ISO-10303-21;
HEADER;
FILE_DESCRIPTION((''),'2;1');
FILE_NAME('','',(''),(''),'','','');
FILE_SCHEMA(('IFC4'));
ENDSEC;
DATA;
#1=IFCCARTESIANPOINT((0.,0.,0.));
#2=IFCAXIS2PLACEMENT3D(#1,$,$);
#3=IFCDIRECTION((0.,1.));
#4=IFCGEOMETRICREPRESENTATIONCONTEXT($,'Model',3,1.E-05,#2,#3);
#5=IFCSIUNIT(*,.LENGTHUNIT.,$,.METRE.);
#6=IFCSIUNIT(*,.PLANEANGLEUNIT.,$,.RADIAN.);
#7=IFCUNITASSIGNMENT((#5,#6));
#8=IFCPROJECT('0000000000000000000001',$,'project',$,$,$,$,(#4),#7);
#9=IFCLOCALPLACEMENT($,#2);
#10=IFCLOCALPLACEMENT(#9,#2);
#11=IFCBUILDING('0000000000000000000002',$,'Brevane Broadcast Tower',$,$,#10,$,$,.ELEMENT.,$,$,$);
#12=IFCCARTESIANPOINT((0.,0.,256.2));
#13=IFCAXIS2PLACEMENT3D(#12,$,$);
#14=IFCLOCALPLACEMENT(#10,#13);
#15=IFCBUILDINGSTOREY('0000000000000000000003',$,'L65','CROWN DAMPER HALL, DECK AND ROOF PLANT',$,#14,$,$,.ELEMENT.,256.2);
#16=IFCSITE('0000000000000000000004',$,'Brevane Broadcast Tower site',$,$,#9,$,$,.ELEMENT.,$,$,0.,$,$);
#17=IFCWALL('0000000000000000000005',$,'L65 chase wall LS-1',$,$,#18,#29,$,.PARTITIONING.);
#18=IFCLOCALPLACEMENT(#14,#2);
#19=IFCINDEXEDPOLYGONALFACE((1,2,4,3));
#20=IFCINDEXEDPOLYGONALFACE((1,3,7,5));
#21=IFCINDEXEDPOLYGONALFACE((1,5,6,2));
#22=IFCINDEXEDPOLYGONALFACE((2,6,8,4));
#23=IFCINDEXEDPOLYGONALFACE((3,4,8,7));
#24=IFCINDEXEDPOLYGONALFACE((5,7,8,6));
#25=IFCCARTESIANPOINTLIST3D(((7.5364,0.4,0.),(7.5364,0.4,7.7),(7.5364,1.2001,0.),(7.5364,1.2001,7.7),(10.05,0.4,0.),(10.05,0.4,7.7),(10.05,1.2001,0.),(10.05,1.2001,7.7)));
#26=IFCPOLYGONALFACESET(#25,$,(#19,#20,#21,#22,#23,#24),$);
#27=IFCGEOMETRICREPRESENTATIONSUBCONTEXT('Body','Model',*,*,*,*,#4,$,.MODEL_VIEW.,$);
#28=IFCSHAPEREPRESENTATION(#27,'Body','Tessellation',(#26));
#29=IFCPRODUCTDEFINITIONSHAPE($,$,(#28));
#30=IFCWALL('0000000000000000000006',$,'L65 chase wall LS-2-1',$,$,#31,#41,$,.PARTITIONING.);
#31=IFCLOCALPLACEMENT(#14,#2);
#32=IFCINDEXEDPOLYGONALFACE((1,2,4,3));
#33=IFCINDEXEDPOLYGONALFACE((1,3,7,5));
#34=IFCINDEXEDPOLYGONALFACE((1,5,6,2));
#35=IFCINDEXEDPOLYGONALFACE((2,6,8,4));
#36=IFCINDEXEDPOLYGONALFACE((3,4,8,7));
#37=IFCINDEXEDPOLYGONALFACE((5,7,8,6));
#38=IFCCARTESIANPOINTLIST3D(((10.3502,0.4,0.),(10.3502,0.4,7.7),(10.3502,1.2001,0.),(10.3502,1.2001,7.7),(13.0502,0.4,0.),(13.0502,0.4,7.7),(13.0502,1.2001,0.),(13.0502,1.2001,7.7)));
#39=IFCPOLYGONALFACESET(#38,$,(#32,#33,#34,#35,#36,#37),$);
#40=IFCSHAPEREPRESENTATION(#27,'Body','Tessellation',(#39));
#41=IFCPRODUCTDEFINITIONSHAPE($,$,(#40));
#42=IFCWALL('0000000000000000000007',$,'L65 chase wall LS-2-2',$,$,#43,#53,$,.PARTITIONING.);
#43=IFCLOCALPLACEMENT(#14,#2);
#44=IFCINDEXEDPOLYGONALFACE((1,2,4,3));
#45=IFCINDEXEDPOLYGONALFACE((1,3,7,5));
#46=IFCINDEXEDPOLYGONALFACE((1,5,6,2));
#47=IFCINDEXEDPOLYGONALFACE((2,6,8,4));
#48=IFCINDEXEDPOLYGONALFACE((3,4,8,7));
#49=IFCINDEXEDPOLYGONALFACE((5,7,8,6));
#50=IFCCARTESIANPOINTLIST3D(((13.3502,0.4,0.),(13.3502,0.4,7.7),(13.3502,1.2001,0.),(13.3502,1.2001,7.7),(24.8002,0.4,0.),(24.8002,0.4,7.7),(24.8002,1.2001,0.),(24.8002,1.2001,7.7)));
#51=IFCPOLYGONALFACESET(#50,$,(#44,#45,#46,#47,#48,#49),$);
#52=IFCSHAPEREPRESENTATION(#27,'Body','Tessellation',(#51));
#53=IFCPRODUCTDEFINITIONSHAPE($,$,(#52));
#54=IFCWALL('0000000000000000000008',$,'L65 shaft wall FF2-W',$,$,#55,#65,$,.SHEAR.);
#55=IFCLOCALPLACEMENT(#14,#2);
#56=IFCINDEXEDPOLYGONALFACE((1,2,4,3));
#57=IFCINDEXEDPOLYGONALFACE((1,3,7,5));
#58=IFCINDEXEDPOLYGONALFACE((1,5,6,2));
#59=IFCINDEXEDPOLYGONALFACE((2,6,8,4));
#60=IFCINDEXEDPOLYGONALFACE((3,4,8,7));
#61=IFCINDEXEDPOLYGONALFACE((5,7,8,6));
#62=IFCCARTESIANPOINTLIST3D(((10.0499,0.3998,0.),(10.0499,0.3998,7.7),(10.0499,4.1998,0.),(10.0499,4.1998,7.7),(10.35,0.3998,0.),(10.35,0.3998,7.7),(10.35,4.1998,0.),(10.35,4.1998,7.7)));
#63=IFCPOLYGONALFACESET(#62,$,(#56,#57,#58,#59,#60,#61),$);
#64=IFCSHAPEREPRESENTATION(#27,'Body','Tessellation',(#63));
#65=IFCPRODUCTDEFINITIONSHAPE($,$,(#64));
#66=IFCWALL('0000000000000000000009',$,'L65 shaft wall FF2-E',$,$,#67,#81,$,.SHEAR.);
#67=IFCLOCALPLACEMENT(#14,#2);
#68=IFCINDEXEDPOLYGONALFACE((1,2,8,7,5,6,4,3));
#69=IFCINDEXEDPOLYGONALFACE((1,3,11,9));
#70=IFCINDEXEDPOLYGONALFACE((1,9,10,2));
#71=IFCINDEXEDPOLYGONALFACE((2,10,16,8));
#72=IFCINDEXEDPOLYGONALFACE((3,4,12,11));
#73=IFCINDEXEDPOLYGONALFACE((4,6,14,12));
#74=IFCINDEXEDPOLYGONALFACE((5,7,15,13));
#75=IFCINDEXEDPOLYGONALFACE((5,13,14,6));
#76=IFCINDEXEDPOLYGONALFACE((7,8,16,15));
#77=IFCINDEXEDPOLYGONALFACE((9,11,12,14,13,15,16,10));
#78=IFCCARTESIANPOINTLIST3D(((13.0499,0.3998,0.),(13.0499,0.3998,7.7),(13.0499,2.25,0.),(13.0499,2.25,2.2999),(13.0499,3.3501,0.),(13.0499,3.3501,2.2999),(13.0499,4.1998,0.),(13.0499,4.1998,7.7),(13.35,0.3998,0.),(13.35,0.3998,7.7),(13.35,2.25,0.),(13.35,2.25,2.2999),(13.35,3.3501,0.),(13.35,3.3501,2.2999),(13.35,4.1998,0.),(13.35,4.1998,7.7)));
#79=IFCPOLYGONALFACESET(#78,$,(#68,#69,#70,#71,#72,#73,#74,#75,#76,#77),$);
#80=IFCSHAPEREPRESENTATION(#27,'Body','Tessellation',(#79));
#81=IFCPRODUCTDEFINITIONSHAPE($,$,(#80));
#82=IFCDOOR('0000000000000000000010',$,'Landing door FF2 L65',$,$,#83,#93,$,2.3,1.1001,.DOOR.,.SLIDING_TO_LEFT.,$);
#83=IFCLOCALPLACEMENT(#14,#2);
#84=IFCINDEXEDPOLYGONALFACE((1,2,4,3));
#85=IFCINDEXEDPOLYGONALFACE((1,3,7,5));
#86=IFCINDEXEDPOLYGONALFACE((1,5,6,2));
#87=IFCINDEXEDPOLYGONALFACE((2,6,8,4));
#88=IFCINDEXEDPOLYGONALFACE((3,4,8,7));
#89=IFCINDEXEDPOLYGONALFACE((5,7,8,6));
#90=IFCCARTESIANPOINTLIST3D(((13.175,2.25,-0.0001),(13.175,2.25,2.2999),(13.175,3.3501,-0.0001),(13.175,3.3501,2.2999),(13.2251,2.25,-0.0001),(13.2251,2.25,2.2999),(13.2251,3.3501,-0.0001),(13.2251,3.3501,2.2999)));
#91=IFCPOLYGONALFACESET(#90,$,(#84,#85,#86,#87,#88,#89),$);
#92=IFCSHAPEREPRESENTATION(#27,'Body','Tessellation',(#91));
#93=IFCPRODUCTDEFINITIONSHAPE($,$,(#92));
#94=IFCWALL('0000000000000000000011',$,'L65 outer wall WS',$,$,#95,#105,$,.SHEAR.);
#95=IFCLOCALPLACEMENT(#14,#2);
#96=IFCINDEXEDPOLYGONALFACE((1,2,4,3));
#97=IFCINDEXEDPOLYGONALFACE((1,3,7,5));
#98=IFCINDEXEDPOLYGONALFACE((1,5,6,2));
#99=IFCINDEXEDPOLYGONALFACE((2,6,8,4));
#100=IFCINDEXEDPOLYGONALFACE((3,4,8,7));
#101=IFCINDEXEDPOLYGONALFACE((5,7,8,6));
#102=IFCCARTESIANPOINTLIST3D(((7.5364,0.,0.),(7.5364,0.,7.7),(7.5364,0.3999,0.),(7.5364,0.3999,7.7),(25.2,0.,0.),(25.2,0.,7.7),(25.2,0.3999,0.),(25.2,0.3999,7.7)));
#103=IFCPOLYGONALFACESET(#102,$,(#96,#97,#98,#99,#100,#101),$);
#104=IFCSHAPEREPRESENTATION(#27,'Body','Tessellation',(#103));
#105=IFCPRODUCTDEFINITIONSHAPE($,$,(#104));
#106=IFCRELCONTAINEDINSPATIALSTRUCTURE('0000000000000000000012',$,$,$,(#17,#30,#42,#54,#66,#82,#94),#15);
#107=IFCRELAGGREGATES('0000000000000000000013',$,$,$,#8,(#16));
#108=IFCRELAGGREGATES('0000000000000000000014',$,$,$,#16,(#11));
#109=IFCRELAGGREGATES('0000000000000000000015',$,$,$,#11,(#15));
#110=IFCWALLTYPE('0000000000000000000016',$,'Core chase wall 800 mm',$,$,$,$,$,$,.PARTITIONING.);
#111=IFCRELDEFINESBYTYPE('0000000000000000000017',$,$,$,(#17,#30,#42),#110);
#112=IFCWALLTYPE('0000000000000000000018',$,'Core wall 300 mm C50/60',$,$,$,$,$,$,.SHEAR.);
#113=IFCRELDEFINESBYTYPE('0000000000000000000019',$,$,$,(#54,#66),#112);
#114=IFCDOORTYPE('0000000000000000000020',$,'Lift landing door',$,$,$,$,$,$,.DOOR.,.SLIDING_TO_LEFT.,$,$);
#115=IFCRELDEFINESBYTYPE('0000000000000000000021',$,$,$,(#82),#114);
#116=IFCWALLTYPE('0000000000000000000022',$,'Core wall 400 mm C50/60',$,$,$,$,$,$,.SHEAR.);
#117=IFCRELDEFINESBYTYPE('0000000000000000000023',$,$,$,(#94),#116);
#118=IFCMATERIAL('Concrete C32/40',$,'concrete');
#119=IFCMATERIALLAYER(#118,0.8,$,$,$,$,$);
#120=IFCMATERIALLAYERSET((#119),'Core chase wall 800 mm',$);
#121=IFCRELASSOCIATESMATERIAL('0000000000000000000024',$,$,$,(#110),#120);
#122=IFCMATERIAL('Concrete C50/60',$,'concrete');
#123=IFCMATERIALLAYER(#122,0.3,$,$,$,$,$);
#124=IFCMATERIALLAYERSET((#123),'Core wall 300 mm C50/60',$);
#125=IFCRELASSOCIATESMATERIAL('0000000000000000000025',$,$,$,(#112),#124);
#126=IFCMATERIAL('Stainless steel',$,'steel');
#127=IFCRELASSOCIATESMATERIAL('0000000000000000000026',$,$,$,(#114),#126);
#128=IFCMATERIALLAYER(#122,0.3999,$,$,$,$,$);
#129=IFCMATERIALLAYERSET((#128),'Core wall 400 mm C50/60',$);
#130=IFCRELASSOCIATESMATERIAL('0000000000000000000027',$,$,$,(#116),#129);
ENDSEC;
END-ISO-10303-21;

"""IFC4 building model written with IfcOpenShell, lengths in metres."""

from ifc_helpers import new_model, si_unit, direction, frame, frame_2d, origin, place, context, subcontext, project, spatial, rectangle, extrude, material, layer, layer_set, type_object, element, fill, save


model = new_model("IFC4")

# Units and contexts
model_context = context("Model", 3, precision=1e-05, world=origin(), true_north=direction((0.0, 1.0)))
body_context = subcontext(model_context, "Body", "Model", "MODEL_VIEW")
ifc_project = project(units=[si_unit("LENGTHUNIT", "METRE"), si_unit("PLANEANGLEUNIT", "RADIAN")], contexts=[model_context])

# Site, building, storey
site_placement = place(None, origin())
site = spatial("IfcSite", under=ifc_project, at=site_placement, Name="Brevane Broadcast Tower site", CompositionType="ELEMENT", RefElevation=0.0)
building_placement = place(site_placement, origin())
building = spatial("IfcBuilding", under=site, at=building_placement, Name="Brevane Broadcast Tower", CompositionType="ELEMENT")
storey_placement = place(building_placement, frame((0.0, 0.0, 256.2)))
storey = spatial("IfcBuildingStorey", under=building, at=storey_placement, Name="L65", Description="CROWN DAMPER HALL, DECK AND ROOF PLANT", CompositionType="ELEMENT", Elevation=256.2)

# Shared definitions
ifc_material_1 = material(Name="Concrete C50/60", Category="concrete")

# Walls
ifc_material_2 = material(Name="Concrete C32/40", Category="concrete")
ifc_layer_1 = layer(ifc_material_2, 0.8)
ifc_layer_set_1 = layer_set([ifc_layer_1], Name="Core chase wall 800 mm")
wall_type_1 = type_object("IfcWallType", Name="Core chase wall 800 mm", PredefinedType="PARTITIONING", material=ifc_layer_set_1)
wall_1_placement = place(storey_placement, frame((7.5364, 0.8, 0.0), z_axis=(0.0, 0.0, 1.0), x_axis=(1.0, 0.0, 0.0)))
element("IfcWall", 1, at=wall_1_placement, inside=storey, type_object=wall_type_1, Name="L65 chase wall LS-1", PredefinedType="PARTITIONING", context=body_context, shape_type="SweptSolid", body=[
    extrude(rectangle(XDim=2.5137, YDim=0.8, at=frame_2d((1.2568, 0.0))), origin(), (0.0, 0.0, 1.0), 7.7),
])
wall_2_placement = place(storey_placement, frame((10.3501, 0.8, 0.0), z_axis=(0.0, 0.0, 1.0), x_axis=(1.0, 0.0, 0.0)))
element("IfcWall", 2, at=wall_2_placement, inside=storey, type_object=wall_type_1, Name="L65 chase wall LS-2-1", PredefinedType="PARTITIONING", context=body_context, shape_type="SweptSolid", body=[
    extrude(rectangle(XDim=2.7, YDim=0.8, at=frame_2d((1.3501, 0.0))), origin(), (0.0, 0.0, 1.0), 7.7),
])
wall_3_placement = place(storey_placement, frame((13.3501, 0.8, 0.0), z_axis=(0.0, 0.0, 1.0), x_axis=(1.0, 0.0, 0.0)))
element("IfcWall", 3, at=wall_3_placement, inside=storey, type_object=wall_type_1, Name="L65 chase wall LS-2-2", PredefinedType="PARTITIONING", context=body_context, shape_type="SweptSolid", body=[
    extrude(rectangle(XDim=11.45, YDim=0.8, at=frame_2d((5.7251, 0.0))), origin(), (0.0, 0.0, 1.0), 7.7),
])
ifc_layer_2 = layer(ifc_material_1, 0.3)
ifc_layer_set_2 = layer_set([ifc_layer_2], Name="Core wall 300 mm C50/60")
wall_type_2 = type_object("IfcWallType", Name="Core wall 300 mm C50/60", PredefinedType="SHEAR", material=ifc_layer_set_2)
wall_4_placement = place(storey_placement, frame((10.2, 0.3999, 0.0), z_axis=(0.0, 0.0, 1.0), x_axis=(0.0, 1.0, 0.0)))
element("IfcWall", 4, at=wall_4_placement, inside=storey, type_object=wall_type_2, Name="L65 shaft wall FF2-W", PredefinedType="SHEAR", context=body_context, shape_type="SweptSolid", body=[
    extrude(rectangle(XDim=3.8, YDim=0.3, at=frame_2d((1.8999, 0.0))), origin(), (0.0, 0.0, 1.0), 7.7),
])

# Wall, opening, door
wall_5_placement = place(storey_placement, frame((13.2, 0.3999, 0.0), z_axis=(0.0, 0.0, 1.0), x_axis=(0.0, 1.0, 0.0)))
wall_5 = element("IfcWall", 5, at=wall_5_placement, inside=storey, type_object=wall_type_2, Name="L65 shaft wall FF2-E", PredefinedType="SHEAR", context=body_context, shape_type="SweptSolid", body=[
    extrude(rectangle(XDim=3.8, YDim=0.3, at=frame_2d((1.8999, 0.0))), origin(), (0.0, 0.0, 1.0), 7.7),
])
opening_placement = place(wall_5_placement, frame((1.8501, 0.0, 0.0)))
opening = element("IfcOpeningElement", 6, at=opening_placement, cuts=wall_5, PredefinedType="OPENING", context=body_context, shape_type="SweptSolid", body=[
    extrude(rectangle(XDim=1.1001, YDim=2.3, at=frame_2d((0.55, 1.1499))), frame((0.0, 0.1599, 0.0), z_axis=(0.0, -1.0, 0.0), x_axis=(1.0, 0.0, 0.0)), (0.0, 0.0, 1.0), 0.3201),
])
ifc_material_3 = material(Name="Stainless steel", Category="steel")
door_type = type_object("IfcDoorType", Name="Lift landing door", OperationType="SLIDING_TO_LEFT", PredefinedType="DOOR", material=ifc_material_3)
door_placement = place(opening_placement, origin())
door = element("IfcDoor", 7, at=door_placement, inside=storey, type_object=door_type, Name="Landing door FF2 L65", OperationType="SLIDING_TO_LEFT", OverallHeight=2.3, OverallWidth=1.1001, PredefinedType="DOOR", context=body_context, shape_type="SweptSolid", body=[
    extrude(rectangle(XDim=1.1001, YDim=2.3, at=frame_2d((0.55, 1.1499))), frame((0.0, 0.0249, 0.0), z_axis=(0.0, -1.0, 0.0), x_axis=(1.0, 0.0, 0.0)), (0.0, 0.0, 1.0), 0.05),
])
fill(opening, door)

# Wall
ifc_layer_3 = layer(ifc_material_1, 0.3999)
ifc_layer_set_3 = layer_set([ifc_layer_3], Name="Core wall 400 mm C50/60")
wall_type_3 = type_object("IfcWallType", Name="Core wall 400 mm C50/60", PredefinedType="SHEAR", material=ifc_layer_set_3)
wall_6_placement = place(storey_placement, frame((7.5364, 0.2, 0.0), z_axis=(0.0, 0.0, 1.0), x_axis=(1.0, 0.0, 0.0)))
element("IfcWall", 8, at=wall_6_placement, inside=storey, type_object=wall_type_3, Name="L65 outer wall WS", PredefinedType="SHEAR", context=body_context, shape_type="SweptSolid", body=[
    extrude(rectangle(XDim=17.6636, YDim=0.3999, at=frame_2d((8.8318, 0.0))), origin(), (0.0, 0.0, 1.0), 7.7),
])

save(model, "model.ifc")
